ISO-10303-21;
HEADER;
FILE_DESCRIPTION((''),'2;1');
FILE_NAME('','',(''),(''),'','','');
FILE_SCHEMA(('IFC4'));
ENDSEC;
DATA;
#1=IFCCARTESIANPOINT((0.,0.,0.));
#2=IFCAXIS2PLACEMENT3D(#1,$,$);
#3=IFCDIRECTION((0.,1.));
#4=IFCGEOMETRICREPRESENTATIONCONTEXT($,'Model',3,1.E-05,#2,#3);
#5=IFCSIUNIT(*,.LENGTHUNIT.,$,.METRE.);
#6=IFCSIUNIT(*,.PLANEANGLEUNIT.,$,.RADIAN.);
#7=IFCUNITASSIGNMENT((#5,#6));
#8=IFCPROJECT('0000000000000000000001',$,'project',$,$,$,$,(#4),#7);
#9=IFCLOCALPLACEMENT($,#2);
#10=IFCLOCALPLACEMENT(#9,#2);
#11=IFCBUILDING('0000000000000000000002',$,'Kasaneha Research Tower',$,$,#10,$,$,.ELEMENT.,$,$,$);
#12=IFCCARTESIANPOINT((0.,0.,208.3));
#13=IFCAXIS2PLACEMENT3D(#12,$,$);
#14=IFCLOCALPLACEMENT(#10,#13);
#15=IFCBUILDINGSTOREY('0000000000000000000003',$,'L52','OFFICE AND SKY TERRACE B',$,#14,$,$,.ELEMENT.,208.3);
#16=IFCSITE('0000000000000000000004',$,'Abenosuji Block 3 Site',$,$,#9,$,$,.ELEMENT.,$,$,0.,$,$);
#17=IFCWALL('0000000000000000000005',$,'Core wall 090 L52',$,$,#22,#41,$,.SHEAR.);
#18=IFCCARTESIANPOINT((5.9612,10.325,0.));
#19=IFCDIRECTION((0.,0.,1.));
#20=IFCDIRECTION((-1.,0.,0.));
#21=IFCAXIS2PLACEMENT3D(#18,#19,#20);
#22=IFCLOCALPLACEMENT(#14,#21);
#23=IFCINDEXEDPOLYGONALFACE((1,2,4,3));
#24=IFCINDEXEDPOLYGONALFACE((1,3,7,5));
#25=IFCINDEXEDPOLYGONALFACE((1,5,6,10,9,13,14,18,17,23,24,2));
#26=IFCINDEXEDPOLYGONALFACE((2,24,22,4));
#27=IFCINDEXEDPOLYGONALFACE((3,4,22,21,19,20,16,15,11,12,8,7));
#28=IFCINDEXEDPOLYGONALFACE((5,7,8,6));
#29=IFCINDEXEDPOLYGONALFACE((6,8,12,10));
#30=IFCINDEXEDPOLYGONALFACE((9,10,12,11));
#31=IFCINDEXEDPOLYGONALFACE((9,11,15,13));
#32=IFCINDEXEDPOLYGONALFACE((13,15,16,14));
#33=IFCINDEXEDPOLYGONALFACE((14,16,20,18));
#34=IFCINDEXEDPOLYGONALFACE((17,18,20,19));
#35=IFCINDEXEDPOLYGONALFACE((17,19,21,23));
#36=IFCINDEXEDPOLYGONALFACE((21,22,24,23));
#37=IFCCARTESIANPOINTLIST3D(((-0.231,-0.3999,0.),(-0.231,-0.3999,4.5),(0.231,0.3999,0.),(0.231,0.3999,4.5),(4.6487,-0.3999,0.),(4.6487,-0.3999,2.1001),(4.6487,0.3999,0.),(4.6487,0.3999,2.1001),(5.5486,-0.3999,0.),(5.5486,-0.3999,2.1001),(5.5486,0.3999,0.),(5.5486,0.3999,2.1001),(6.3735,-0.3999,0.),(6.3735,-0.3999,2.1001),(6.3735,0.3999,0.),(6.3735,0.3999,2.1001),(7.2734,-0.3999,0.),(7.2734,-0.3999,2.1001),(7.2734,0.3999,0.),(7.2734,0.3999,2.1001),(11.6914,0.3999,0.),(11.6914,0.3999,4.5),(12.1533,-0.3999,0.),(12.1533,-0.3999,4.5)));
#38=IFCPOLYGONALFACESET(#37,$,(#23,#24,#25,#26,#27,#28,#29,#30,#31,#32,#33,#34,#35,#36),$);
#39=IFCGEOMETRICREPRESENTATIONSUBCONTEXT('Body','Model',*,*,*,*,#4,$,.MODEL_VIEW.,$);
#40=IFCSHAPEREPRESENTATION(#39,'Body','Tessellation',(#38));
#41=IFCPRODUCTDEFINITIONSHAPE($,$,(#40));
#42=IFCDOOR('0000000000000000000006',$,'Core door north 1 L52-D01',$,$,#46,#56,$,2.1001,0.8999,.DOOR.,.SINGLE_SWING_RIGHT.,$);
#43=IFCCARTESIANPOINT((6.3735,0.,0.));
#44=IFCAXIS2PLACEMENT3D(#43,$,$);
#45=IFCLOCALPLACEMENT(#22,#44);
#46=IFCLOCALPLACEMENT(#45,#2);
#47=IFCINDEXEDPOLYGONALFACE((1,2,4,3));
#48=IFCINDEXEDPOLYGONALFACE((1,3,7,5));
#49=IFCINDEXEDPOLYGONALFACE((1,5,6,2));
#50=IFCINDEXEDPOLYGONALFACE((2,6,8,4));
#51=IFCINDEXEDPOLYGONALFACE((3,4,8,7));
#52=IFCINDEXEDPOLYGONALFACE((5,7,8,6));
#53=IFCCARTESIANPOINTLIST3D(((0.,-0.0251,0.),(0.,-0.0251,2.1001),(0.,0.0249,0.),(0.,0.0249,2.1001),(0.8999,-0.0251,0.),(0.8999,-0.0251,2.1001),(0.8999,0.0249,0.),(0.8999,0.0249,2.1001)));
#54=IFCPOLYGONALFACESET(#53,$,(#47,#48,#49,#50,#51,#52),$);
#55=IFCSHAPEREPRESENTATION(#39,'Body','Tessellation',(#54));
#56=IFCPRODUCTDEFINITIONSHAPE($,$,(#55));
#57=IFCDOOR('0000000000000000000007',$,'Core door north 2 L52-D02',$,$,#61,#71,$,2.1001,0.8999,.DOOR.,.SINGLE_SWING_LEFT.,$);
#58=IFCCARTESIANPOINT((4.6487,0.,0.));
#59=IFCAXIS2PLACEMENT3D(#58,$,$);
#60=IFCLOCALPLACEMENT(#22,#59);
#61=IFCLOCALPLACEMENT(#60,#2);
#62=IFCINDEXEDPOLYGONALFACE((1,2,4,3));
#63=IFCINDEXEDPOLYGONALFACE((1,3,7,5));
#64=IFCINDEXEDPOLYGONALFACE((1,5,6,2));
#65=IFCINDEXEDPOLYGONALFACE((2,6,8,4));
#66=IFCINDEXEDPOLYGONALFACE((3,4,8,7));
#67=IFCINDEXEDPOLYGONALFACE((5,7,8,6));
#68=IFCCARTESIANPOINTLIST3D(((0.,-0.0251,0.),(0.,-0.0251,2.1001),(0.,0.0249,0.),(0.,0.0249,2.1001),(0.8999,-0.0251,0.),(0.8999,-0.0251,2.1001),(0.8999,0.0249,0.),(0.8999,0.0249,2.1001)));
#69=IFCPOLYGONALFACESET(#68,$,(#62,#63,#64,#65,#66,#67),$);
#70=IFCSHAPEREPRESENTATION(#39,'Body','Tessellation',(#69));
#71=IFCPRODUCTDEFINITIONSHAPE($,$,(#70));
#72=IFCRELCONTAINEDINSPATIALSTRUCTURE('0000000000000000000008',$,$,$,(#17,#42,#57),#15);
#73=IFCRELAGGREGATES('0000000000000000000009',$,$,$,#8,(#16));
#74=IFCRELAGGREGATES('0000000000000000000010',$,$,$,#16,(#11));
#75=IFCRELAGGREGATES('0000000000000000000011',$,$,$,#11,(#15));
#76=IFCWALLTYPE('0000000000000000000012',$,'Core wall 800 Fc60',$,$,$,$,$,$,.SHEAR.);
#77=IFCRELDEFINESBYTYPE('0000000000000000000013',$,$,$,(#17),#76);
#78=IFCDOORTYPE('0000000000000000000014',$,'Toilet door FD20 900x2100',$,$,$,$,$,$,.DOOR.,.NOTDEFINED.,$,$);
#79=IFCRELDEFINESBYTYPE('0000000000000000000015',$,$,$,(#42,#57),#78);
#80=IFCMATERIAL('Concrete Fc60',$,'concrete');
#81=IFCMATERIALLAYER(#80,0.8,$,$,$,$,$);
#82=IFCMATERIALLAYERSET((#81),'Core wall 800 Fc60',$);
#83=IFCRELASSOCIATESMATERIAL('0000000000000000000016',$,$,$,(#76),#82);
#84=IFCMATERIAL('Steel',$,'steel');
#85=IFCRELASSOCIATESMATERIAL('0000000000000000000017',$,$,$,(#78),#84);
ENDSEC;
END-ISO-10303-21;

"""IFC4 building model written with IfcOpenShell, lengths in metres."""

from ifc_helpers import new_model, si_unit, direction, frame, frame_2d, origin, place, context, subcontext, project, spatial, polyline, rectangle, outline, extrude, material, layer, layer_set, type_object, element, fill, save


model = new_model("IFC4")

# Units and contexts
model_context = context("Model", 3, precision=1e-05, world=origin(), true_north=direction((0.0, 1.0)))
body_context = subcontext(model_context, "Body", "Model", "MODEL_VIEW")
ifc_project = project(units=[si_unit("LENGTHUNIT", "METRE"), si_unit("PLANEANGLEUNIT", "RADIAN")], contexts=[model_context])

# Site, building, storey
site_placement = place(None, origin())
site = spatial("IfcSite", under=ifc_project, at=site_placement, Name="Abenosuji Block 3 Site", CompositionType="ELEMENT", RefElevation=0.0)
building_placement = place(site_placement, origin())
building = spatial("IfcBuilding", under=site, at=building_placement, Name="Kasaneha Research Tower", CompositionType="ELEMENT")
storey_placement = place(building_placement, frame((0.0, 0.0, 208.3)))
storey = spatial("IfcBuildingStorey", under=building, at=storey_placement, Name="L52", Description="OFFICE AND SKY TERRACE B", CompositionType="ELEMENT", Elevation=208.3)

# Shared definitions
ifc_material_1 = material(Name="Concrete Fc60", Category="concrete")
ifc_layer_1 = layer(ifc_material_1, 0.8)
ifc_layer_set_1 = layer_set([ifc_layer_1], Name="Core wall 800 Fc60")
wall_type_1 = type_object("IfcWallType", Name="Core wall 800 Fc60", PredefinedType="SHEAR", material=ifc_layer_set_1)

# Wall, openings, doors
wall_1_placement = place(storey_placement, frame((5.9612, 10.325, 0.0), z_axis=(0.0, 0.0, 1.0), x_axis=(-1.0, 0.0, 0.0)))
wall_1 = element("IfcWall", 1, at=wall_1_placement, inside=storey, type_object=wall_type_1, Name="Core wall 090 L52", PredefinedType="SHEAR", context=body_context, shape_type="SweptSolid", body=[
    extrude(outline(polyline([(-0.231, -0.3999), (4.6487, -0.3999), (5.5486, -0.3999), (6.3735, -0.3999), (7.2734, -0.3999), (12.1533, -0.3999), (11.6914, 0.3999), (7.2734, 0.3999), (6.3735, 0.3999), (5.5486, 0.3999), (4.6487, 0.3999), (0.231, 0.3999), (-0.231, -0.3999)])), origin(), (0.0, 0.0, 1.0), 4.5),
])
opening_1_placement = place(wall_1_placement, frame((6.3735, 0.0, 0.0)))
opening_1 = element("IfcOpeningElement", 2, at=opening_1_placement, cuts=wall_1, PredefinedType="OPENING", context=body_context, shape_type="SweptSolid", body=[
    extrude(rectangle(XDim=0.8999, YDim=2.1001, at=frame_2d((0.45, 1.05))), frame((0.0, 0.4102, 0.0), z_axis=(0.0, -1.0, 0.0), x_axis=(1.0, 0.0, 0.0)), (0.0, 0.0, 1.0), 0.8201),
])
opening_2_placement = place(wall_1_placement, frame((4.6487, 0.0, 0.0)))
opening_2 = element("IfcOpeningElement", 3, at=opening_2_placement, cuts=wall_1, PredefinedType="OPENING", context=body_context, shape_type="SweptSolid", body=[
    extrude(rectangle(XDim=0.8999, YDim=2.1001, at=frame_2d((0.45, 1.05))), frame((0.0, 0.4102, 0.0), z_axis=(0.0, -1.0, 0.0), x_axis=(1.0, 0.0, 0.0)), (0.0, 0.0, 1.0), 0.8201),
])
ifc_material_2 = material(Name="Steel", Category="steel")
door_type_1 = type_object("IfcDoorType", Name="Toilet door FD20 900x2100", OperationType="NOTDEFINED", PredefinedType="DOOR", material=ifc_material_2)
door_1_placement = place(opening_1_placement, origin())
door_1 = element("IfcDoor", 4, at=door_1_placement, inside=storey, type_object=door_type_1, Name="Core door north 1 L52-D01", OperationType="SINGLE_SWING_RIGHT", OverallHeight=2.1001, OverallWidth=0.8999, PredefinedType="DOOR", context=body_context, shape_type="SweptSolid", body=[
    extrude(rectangle(XDim=0.8999, YDim=2.1001, at=frame_2d((0.45, 1.05))), frame((0.0, 0.0249, 0.0), z_axis=(0.0, -1.0, 0.0), x_axis=(1.0, 0.0, 0.0)), (0.0, 0.0, 1.0), 0.05),
])
fill(opening_1, door_1)
door_2_placement = place(opening_2_placement, origin())
door_2 = element("IfcDoor", 5, at=door_2_placement, inside=storey, type_object=door_type_1, Name="Core door north 2 L52-D02", OperationType="SINGLE_SWING_LEFT", OverallHeight=2.1001, OverallWidth=0.8999, PredefinedType="DOOR", context=body_context, shape_type="SweptSolid", body=[
    extrude(rectangle(XDim=0.8999, YDim=2.1001, at=frame_2d((0.45, 1.05))), frame((0.0, 0.0249, 0.0), z_axis=(0.0, -1.0, 0.0), x_axis=(1.0, 0.0, 0.0)), (0.0, 0.0, 1.0), 0.05),
])
fill(opening_2, door_2)

save(model, "model.ifc")
